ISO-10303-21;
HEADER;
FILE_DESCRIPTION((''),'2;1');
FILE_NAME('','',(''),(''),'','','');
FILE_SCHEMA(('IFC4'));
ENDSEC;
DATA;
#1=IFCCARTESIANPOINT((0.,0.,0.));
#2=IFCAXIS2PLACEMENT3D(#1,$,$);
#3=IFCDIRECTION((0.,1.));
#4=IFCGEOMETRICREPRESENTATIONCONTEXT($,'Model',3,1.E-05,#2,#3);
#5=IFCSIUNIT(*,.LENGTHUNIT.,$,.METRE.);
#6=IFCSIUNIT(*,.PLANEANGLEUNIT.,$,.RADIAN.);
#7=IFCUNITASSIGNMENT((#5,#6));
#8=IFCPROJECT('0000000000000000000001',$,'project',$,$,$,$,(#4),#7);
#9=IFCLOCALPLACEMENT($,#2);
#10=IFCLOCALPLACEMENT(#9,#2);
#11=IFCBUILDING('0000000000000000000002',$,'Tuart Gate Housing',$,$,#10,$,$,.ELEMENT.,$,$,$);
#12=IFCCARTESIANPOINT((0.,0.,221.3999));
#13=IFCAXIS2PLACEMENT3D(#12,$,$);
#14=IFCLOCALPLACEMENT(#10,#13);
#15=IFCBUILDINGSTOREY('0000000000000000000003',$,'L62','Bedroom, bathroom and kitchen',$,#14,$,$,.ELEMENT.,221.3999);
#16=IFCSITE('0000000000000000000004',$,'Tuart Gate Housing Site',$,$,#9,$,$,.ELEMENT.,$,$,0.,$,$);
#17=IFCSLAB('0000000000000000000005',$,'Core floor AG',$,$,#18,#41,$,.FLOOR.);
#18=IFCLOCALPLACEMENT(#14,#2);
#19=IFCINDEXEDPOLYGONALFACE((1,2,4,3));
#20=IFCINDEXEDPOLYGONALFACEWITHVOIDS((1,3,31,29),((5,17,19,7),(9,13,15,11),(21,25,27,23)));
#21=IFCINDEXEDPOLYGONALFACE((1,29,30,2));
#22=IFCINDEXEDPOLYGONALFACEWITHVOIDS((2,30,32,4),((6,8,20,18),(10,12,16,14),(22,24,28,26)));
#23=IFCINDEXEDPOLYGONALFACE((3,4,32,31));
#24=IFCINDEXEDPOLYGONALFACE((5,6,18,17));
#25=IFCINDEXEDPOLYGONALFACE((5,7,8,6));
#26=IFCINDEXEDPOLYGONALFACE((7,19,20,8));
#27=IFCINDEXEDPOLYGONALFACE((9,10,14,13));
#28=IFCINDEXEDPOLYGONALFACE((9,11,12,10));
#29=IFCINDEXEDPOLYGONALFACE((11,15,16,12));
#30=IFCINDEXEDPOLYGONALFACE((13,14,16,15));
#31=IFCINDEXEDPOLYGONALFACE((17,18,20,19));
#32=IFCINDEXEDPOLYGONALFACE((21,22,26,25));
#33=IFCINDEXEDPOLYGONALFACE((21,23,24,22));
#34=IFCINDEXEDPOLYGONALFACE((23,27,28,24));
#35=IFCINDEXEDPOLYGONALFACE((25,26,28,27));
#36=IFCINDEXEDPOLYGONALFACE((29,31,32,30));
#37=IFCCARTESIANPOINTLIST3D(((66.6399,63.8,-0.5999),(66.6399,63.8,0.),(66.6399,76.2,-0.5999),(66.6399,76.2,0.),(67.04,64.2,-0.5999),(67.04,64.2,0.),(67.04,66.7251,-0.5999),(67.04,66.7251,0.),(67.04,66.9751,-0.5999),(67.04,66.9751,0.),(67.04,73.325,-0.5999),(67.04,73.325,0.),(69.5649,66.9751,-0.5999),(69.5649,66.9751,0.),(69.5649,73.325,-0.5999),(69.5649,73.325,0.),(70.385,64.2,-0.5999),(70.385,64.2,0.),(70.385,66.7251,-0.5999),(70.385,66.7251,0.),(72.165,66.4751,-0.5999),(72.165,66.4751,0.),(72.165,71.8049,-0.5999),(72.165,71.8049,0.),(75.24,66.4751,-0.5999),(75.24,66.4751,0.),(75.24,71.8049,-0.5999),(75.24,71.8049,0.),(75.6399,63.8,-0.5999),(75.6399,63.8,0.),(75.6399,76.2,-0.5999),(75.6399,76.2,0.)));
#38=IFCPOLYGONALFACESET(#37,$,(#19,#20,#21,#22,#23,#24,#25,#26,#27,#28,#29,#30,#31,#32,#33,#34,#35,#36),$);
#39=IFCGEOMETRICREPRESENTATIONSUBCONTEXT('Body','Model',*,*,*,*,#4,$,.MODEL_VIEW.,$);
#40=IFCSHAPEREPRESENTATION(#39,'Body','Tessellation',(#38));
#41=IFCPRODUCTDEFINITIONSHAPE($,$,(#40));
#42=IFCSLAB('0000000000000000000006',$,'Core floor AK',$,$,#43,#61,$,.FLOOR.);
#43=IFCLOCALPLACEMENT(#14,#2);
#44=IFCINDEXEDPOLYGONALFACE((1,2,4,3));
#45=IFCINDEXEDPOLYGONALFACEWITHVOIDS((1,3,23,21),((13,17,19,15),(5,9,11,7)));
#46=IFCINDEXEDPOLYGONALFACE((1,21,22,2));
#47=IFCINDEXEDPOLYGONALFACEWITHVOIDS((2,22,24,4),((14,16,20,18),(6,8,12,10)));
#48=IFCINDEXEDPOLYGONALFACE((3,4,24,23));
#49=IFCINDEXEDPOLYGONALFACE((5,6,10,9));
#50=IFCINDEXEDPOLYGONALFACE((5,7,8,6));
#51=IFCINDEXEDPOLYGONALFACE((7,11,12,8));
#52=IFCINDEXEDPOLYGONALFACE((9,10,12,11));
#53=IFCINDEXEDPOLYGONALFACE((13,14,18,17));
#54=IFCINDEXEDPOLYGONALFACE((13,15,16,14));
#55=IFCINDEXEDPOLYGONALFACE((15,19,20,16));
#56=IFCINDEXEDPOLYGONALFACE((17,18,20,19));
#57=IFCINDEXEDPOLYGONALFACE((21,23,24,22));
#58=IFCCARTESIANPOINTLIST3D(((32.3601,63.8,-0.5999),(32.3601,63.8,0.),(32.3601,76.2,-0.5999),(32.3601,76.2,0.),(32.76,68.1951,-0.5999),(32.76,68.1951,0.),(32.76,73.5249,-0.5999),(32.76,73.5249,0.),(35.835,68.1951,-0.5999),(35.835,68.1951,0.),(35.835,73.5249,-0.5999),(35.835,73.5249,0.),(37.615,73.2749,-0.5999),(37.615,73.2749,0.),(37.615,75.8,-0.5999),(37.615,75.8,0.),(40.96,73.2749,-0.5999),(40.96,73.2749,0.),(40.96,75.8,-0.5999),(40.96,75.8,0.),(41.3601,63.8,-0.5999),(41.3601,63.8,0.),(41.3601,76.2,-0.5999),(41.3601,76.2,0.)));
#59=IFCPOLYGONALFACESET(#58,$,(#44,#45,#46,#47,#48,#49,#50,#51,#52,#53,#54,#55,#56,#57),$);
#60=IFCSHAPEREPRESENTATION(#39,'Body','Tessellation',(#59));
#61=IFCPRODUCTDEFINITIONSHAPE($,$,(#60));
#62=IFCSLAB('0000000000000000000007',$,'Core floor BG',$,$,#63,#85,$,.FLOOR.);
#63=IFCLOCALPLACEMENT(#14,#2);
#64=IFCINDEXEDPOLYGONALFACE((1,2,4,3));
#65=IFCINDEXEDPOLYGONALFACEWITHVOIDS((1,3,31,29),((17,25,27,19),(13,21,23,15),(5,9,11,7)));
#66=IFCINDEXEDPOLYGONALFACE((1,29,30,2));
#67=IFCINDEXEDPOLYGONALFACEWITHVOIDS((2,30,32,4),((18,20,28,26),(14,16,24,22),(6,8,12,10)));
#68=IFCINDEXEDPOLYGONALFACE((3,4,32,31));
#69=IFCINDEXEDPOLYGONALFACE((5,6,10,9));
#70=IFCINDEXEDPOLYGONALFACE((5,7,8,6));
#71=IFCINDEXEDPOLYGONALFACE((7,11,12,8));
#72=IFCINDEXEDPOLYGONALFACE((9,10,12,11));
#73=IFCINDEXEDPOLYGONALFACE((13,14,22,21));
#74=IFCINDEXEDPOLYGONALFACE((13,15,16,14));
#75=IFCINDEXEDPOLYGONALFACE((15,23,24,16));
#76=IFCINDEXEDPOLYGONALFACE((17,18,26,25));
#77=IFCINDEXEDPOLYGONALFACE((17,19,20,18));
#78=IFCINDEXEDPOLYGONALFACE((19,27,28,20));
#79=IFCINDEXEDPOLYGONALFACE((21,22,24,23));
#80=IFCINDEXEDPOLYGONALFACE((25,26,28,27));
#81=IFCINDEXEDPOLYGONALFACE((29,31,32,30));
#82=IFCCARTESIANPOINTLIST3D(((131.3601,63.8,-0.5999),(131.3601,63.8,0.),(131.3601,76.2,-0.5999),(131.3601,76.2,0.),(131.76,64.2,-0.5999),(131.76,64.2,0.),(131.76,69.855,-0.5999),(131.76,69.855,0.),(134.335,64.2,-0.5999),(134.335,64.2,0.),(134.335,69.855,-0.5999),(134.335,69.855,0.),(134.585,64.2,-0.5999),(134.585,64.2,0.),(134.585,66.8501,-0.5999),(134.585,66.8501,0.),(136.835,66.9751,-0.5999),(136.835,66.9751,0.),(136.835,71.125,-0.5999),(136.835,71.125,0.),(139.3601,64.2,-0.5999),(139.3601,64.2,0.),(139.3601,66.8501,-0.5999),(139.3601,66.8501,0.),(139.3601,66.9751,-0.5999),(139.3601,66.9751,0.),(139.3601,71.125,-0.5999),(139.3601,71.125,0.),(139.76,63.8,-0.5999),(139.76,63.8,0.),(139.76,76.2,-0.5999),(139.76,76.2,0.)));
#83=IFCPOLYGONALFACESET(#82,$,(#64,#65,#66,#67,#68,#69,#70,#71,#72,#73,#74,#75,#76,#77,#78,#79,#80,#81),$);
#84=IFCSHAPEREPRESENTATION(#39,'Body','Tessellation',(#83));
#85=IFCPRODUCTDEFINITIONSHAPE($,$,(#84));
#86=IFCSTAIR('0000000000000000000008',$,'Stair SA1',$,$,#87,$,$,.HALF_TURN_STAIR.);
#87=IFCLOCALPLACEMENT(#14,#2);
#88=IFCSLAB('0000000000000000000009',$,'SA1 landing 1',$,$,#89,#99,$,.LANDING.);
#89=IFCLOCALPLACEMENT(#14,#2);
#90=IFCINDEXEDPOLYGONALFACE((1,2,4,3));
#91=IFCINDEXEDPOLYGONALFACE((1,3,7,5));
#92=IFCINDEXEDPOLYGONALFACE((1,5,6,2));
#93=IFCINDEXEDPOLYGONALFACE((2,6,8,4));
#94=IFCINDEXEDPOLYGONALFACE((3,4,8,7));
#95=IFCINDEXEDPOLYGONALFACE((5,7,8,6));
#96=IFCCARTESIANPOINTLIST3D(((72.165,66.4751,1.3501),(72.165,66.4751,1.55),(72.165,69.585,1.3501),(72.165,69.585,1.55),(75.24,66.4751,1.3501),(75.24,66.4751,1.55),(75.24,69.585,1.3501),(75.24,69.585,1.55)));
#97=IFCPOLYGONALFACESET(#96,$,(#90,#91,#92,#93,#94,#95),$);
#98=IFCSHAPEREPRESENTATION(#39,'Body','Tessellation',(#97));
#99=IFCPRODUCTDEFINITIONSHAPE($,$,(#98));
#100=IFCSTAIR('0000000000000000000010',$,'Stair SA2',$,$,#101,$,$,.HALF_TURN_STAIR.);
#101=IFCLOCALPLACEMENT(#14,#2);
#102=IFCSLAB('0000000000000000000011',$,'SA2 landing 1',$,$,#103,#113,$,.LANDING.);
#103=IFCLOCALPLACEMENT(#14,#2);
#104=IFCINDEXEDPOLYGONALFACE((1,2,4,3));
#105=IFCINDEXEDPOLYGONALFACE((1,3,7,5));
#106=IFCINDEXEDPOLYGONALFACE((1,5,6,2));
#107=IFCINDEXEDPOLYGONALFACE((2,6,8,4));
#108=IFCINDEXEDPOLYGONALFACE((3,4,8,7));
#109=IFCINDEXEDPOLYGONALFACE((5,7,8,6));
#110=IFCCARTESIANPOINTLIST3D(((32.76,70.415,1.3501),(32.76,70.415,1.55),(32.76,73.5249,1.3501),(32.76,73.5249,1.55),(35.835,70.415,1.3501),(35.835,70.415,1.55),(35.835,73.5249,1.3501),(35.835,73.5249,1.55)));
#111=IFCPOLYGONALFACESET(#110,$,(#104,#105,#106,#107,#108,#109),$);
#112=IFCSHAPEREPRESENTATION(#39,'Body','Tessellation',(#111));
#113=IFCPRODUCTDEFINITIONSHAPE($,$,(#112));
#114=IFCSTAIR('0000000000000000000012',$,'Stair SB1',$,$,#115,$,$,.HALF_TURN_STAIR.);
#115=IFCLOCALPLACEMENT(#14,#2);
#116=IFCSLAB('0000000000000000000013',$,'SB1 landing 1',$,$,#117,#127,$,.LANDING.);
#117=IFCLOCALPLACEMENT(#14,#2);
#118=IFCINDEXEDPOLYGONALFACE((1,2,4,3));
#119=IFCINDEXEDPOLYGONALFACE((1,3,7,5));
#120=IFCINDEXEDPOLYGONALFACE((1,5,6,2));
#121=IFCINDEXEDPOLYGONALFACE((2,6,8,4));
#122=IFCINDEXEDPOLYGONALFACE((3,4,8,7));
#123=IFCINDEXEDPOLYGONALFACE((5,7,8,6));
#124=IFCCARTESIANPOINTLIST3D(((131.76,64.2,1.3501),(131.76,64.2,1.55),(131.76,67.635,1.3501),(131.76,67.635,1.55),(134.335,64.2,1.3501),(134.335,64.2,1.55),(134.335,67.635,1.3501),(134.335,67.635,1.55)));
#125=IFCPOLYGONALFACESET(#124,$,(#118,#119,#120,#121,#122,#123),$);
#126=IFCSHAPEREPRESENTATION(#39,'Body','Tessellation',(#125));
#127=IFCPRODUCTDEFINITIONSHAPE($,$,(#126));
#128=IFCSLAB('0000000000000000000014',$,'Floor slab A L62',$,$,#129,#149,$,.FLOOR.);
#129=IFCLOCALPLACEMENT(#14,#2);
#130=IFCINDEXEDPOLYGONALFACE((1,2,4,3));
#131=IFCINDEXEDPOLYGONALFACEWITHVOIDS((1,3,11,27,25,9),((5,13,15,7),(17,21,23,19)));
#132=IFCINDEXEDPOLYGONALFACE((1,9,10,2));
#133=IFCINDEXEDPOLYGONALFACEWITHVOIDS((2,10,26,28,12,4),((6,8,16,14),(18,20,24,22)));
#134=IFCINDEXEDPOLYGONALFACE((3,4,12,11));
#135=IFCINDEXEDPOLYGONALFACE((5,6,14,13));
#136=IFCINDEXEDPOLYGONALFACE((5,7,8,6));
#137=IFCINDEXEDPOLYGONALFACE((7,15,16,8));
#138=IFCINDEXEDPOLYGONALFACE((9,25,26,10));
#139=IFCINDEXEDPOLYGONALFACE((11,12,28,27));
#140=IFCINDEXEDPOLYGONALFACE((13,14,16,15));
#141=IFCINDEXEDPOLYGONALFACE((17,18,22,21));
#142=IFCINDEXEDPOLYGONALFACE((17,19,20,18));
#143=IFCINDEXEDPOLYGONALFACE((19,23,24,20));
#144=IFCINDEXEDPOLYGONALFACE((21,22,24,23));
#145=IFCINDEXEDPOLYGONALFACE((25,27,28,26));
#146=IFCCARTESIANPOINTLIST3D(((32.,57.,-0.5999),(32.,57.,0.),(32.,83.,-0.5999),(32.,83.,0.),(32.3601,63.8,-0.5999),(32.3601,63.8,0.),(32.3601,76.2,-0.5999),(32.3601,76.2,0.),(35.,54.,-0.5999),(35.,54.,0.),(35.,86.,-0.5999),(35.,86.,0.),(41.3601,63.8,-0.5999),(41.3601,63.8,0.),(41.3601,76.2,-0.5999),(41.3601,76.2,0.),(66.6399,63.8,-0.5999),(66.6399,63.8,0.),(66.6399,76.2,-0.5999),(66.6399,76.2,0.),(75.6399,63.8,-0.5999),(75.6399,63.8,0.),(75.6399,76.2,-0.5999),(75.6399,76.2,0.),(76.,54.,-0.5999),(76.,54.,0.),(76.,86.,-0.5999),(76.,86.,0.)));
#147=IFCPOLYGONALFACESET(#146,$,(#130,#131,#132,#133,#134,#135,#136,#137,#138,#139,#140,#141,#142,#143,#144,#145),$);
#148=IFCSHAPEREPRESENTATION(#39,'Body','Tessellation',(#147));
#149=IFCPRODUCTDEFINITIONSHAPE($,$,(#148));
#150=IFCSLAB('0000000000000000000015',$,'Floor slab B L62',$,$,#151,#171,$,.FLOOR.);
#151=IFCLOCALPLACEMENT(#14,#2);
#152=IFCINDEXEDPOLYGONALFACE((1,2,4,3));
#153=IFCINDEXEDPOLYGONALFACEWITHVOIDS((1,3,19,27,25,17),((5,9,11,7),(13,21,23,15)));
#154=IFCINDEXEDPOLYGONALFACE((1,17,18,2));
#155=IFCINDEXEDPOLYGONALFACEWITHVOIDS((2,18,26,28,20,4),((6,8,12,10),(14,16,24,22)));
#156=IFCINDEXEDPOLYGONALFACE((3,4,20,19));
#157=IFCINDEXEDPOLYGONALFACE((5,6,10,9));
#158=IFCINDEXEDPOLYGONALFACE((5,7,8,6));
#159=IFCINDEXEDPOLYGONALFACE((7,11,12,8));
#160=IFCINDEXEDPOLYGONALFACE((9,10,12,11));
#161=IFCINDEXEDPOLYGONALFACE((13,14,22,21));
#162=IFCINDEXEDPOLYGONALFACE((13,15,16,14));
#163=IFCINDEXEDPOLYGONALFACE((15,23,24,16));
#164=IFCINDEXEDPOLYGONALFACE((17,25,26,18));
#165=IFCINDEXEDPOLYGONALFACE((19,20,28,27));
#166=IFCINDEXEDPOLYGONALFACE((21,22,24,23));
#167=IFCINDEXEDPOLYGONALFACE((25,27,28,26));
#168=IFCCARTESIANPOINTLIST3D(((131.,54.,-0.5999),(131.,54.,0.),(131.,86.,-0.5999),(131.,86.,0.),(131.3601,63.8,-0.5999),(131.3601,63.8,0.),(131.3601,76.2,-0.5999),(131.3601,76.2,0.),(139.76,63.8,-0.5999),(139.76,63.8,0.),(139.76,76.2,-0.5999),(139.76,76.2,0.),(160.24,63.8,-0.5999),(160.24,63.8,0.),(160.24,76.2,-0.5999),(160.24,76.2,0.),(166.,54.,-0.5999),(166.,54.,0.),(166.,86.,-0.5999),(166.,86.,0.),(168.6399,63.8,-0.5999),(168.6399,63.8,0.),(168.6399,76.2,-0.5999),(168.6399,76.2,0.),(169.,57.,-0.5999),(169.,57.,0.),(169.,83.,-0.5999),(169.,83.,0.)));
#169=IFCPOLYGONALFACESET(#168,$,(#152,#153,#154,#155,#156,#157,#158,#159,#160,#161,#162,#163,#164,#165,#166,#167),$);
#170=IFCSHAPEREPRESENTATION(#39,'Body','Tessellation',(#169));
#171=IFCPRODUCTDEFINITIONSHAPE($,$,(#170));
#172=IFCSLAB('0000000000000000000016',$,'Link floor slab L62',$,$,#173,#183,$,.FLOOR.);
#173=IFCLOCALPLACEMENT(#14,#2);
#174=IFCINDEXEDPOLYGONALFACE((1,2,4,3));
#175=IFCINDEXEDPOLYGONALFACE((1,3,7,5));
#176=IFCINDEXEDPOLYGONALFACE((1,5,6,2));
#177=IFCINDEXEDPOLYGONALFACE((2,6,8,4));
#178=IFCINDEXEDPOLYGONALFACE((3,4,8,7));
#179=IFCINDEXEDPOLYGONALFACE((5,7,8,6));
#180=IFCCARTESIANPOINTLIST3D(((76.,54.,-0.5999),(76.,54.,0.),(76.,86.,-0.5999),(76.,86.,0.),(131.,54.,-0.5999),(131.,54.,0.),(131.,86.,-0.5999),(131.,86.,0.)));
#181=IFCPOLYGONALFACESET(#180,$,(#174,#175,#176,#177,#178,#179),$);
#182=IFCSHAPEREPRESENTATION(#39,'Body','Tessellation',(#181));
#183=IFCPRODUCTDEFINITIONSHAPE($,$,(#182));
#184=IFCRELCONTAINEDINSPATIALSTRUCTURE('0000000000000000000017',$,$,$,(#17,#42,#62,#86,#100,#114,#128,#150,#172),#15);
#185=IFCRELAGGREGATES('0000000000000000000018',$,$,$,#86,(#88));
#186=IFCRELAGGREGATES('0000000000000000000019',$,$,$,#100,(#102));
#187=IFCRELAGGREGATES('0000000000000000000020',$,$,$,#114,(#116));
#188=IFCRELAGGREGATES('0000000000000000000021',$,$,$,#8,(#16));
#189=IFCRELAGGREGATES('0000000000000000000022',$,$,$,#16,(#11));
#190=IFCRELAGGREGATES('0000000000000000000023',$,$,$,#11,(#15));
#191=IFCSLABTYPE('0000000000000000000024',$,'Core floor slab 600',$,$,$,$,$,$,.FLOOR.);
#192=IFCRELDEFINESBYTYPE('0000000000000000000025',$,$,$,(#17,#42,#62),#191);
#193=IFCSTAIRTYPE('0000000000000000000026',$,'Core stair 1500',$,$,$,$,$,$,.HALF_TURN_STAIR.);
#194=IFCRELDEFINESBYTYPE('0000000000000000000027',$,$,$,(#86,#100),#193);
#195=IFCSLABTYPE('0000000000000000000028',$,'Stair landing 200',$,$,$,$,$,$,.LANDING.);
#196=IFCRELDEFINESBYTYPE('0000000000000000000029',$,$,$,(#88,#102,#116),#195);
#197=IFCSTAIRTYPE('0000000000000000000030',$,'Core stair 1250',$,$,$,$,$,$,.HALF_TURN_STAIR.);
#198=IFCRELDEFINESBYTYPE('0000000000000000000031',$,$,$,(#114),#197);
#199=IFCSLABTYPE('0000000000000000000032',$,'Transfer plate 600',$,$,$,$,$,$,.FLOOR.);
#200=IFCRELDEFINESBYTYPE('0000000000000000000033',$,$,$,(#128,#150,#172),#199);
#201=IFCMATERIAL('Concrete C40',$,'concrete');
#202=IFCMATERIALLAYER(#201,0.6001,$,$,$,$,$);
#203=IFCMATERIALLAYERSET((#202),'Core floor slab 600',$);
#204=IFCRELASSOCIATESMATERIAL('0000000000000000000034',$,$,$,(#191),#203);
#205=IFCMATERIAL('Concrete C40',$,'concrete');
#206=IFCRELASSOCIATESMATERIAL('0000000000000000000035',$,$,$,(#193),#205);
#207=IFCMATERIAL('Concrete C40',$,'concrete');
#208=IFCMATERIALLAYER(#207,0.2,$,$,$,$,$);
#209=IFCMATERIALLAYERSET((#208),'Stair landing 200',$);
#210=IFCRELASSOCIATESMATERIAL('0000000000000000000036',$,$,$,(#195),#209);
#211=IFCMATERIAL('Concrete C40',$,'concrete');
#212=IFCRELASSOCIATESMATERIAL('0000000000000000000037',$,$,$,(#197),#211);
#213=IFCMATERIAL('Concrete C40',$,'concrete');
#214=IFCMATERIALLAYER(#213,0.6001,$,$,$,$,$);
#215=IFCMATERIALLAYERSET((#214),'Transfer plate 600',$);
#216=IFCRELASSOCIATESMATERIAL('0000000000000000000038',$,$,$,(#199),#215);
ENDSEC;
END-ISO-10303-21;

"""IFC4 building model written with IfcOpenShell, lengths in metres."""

from ifc_helpers import new_model, si_unit, direction, frame, origin, place, context, subcontext, project, spatial, polyline, outline, extrude, material, layer, layer_set, type_object, element, aggregate, save


model = new_model("IFC4")

# Units and contexts
model_context = context("Model", 3, precision=1e-05, world=origin(), true_north=direction((0.0, 1.0)))
body_context = subcontext(model_context, "Body", "Model", "MODEL_VIEW")
ifc_project = project(units=[si_unit("LENGTHUNIT", "METRE"), si_unit("PLANEANGLEUNIT", "RADIAN")], contexts=[model_context])

# Site, building, storey
site_placement = place(None, origin())
site = spatial("IfcSite", under=ifc_project, at=site_placement, Name="Tuart Gate Housing Site", CompositionType="ELEMENT", RefElevation=0.0)
building_placement = place(site_placement, origin())
building = spatial("IfcBuilding", under=site, at=building_placement, Name="Tuart Gate Housing", CompositionType="ELEMENT")
storey_placement = place(building_placement, frame((0.0, 0.0, 221.3999)))
storey = spatial("IfcBuildingStorey", under=building, at=storey_placement, Name="L62", Description="Bedroom, bathroom and kitchen", CompositionType="ELEMENT", Elevation=221.3999)

# Slabs
ifc_material_1 = material(Name="Concrete C40", Category="concrete")
ifc_layer_1 = layer(ifc_material_1, 0.6001)
ifc_layer_set_1 = layer_set([ifc_layer_1], Name="Core floor slab 600")
slab_type_1 = type_object("IfcSlabType", Name="Core floor slab 600", PredefinedType="FLOOR", material=ifc_layer_set_1)
slab_1_placement = place(storey_placement, frame((0.0, 0.0, -0.5999)))
element("IfcSlab", 1, at=slab_1_placement, inside=storey, type_object=slab_type_1, Name="Core floor AG", PredefinedType="FLOOR", context=body_context, shape_type="SweptSolid", body=[
    extrude(outline(polyline([(66.6399, 63.8), (75.6399, 63.8), (75.6399, 76.2), (66.6399, 76.2), (66.6399, 63.8)]), holes=[polyline([(67.04, 64.2), (70.385, 64.2), (70.385, 66.7251), (67.04, 66.7251), (67.04, 64.2)]), polyline([(67.04, 66.9751), (69.5649, 66.9751), (69.5649, 73.325), (67.04, 73.325), (67.04, 66.9751)]), polyline([(72.165, 66.4751), (75.24, 66.4751), (75.24, 71.8049), (72.165, 71.8049), (72.165, 66.4751)])]), origin(), (0.0, 0.0, 1.0), 0.5999),
])
slab_2_placement = place(storey_placement, frame((0.0, 0.0, -0.5999)))
element("IfcSlab", 2, at=slab_2_placement, inside=storey, type_object=slab_type_1, Name="Core floor AK", PredefinedType="FLOOR", context=body_context, shape_type="SweptSolid", body=[
    extrude(outline(polyline([(32.3601, 63.8), (41.3601, 63.8), (41.3601, 76.2), (32.3601, 76.2), (32.3601, 63.8)]), holes=[polyline([(40.96, 75.8), (37.615, 75.8), (37.615, 73.2749), (40.96, 73.2749), (40.96, 75.8)]), polyline([(35.835, 73.5249), (32.76, 73.5249), (32.76, 68.1951), (35.835, 68.1951), (35.835, 73.5249)])]), origin(), (0.0, 0.0, 1.0), 0.5999),
])
slab_3_placement = place(storey_placement, frame((0.0, 0.0, -0.5999)))
element("IfcSlab", 3, at=slab_3_placement, inside=storey, type_object=slab_type_1, Name="Core floor BG", PredefinedType="FLOOR", context=body_context, shape_type="SweptSolid", body=[
    extrude(outline(polyline([(131.3601, 63.8), (139.76, 63.8), (139.76, 76.2), (131.3601, 76.2), (131.3601, 63.8)]), holes=[polyline([(139.3601, 66.8501), (134.585, 66.8501), (134.585, 64.2), (139.3601, 64.2), (139.3601, 66.8501)]), polyline([(139.3601, 71.125), (136.835, 71.125), (136.835, 66.9751), (139.3601, 66.9751), (139.3601, 71.125)]), polyline([(134.335, 69.855), (131.76, 69.855), (131.76, 64.2), (134.335, 64.2), (134.335, 69.855)])]), origin(), (0.0, 0.0, 1.0), 0.5999),
])

# Stairs, slabs
ifc_material_2 = material(Name="Concrete C40", Category="concrete")
stair_type_1 = type_object("IfcStairType", Name="Core stair 1500", PredefinedType="HALF_TURN_STAIR", material=ifc_material_2)
stair_1_placement = place(storey_placement, origin())
stair_1 = element("IfcStair", 4, at=stair_1_placement, inside=storey, type_object=stair_type_1, Name="Stair SA1", PredefinedType="HALF_TURN_STAIR")
ifc_material_3 = material(Name="Concrete C40", Category="concrete")
ifc_layer_2 = layer(ifc_material_3, 0.2)
ifc_layer_set_2 = layer_set([ifc_layer_2], Name="Stair landing 200")
slab_type_2 = type_object("IfcSlabType", Name="Stair landing 200", PredefinedType="LANDING", material=ifc_layer_set_2)
slab_4_placement = place(storey_placement, frame((0.0, 0.0, 1.3501)))
slab_4 = element("IfcSlab", 5, at=slab_4_placement, type_object=slab_type_2, Name="SA1 landing 1", PredefinedType="LANDING", context=body_context, shape_type="SweptSolid", body=[
    extrude(outline(polyline([(72.165, 66.4751), (75.24, 66.4751), (75.24, 69.585), (72.165, 69.585), (72.165, 66.4751)])), origin(), (0.0, 0.0, 1.0), 0.2),
])
aggregate(stair_1, [slab_4])
stair_2_placement = place(storey_placement, origin())
stair_2 = element("IfcStair", 6, at=stair_2_placement, inside=storey, type_object=stair_type_1, Name="Stair SA2", PredefinedType="HALF_TURN_STAIR")
slab_5_placement = place(storey_placement, frame((0.0, 0.0, 1.3501)))
slab_5 = element("IfcSlab", 7, at=slab_5_placement, type_object=slab_type_2, Name="SA2 landing 1", PredefinedType="LANDING", context=body_context, shape_type="SweptSolid", body=[
    extrude(outline(polyline([(35.835, 73.5249), (32.76, 73.5249), (32.76, 70.415), (35.835, 70.415), (35.835, 73.5249)])), origin(), (0.0, 0.0, 1.0), 0.2),
])
aggregate(stair_2, [slab_5])
ifc_material_4 = material(Name="Concrete C40", Category="concrete")
stair_type_2 = type_object("IfcStairType", Name="Core stair 1250", PredefinedType="HALF_TURN_STAIR", material=ifc_material_4)
stair_3_placement = place(storey_placement, origin())
stair_3 = element("IfcStair", 8, at=stair_3_placement, inside=storey, type_object=stair_type_2, Name="Stair SB1", PredefinedType="HALF_TURN_STAIR")
slab_6_placement = place(storey_placement, frame((0.0, 0.0, 1.3501)))
slab_6 = element("IfcSlab", 9, at=slab_6_placement, type_object=slab_type_2, Name="SB1 landing 1", PredefinedType="LANDING", context=body_context, shape_type="SweptSolid", body=[
    extrude(outline(polyline([(134.335, 67.635), (131.76, 67.635), (131.76, 64.2), (134.335, 64.2), (134.335, 67.635)])), origin(), (0.0, 0.0, 1.0), 0.2),
])
aggregate(stair_3, [slab_6])

# Slabs
ifc_material_5 = material(Name="Concrete C40", Category="concrete")
ifc_layer_3 = layer(ifc_material_5, 0.6001)
ifc_layer_set_3 = layer_set([ifc_layer_3], Name="Transfer plate 600")
slab_type_3 = type_object("IfcSlabType", Name="Transfer plate 600", PredefinedType="FLOOR", material=ifc_layer_set_3)
slab_7_placement = place(storey_placement, frame((0.0, 0.0, -0.5999)))
element("IfcSlab", 10, at=slab_7_placement, inside=storey, type_object=slab_type_3, Name="Floor slab A L62", PredefinedType="FLOOR", context=body_context, shape_type="SweptSolid", body=[
    extrude(outline(polyline([(35.0, 86.0), (32.0, 83.0), (32.0, 57.0), (35.0, 54.0), (76.0, 54.0), (76.0, 86.0), (35.0, 86.0)]), holes=[polyline([(66.6399, 76.2), (75.6399, 76.2), (75.6399, 63.8), (66.6399, 63.8), (66.6399, 76.2)]), polyline([(41.3601, 76.2), (41.3601, 63.8), (32.3601, 63.8), (32.3601, 76.2), (41.3601, 76.2)])]), origin(), (0.0, 0.0, 1.0), 0.5999),
])
slab_8_placement = place(storey_placement, frame((0.0, 0.0, -0.5999)))
element("IfcSlab", 11, at=slab_8_placement, inside=storey, type_object=slab_type_3, Name="Floor slab B L62", PredefinedType="FLOOR", context=body_context, shape_type="SweptSolid", body=[
    extrude(outline(polyline([(166.0, 86.0), (131.0, 86.0), (131.0, 54.0), (166.0, 54.0), (169.0, 57.0), (169.0, 83.0), (166.0, 86.0)]), holes=[polyline([(131.3601, 76.2), (139.76, 76.2), (139.76, 63.8), (131.3601, 63.8), (131.3601, 76.2)]), polyline([(168.6399, 76.2), (168.6399, 63.8), (160.24, 63.8), (160.24, 76.2), (168.6399, 76.2)])]), origin(), (0.0, 0.0, 1.0), 0.5999),
])
slab_9_placement = place(storey_placement, frame((0.0, 0.0, -0.5999)))
element("IfcSlab", 12, at=slab_9_placement, inside=storey, type_object=slab_type_3, Name="Link floor slab L62", PredefinedType="FLOOR", context=body_context, shape_type="SweptSolid", body=[
    extrude(outline(polyline([(76.0, 54.0), (131.0, 54.0), (131.0, 86.0), (76.0, 86.0), (76.0, 54.0)])), origin(), (0.0, 0.0, 1.0), 0.5999),
])

save(model, "model.ifc")
